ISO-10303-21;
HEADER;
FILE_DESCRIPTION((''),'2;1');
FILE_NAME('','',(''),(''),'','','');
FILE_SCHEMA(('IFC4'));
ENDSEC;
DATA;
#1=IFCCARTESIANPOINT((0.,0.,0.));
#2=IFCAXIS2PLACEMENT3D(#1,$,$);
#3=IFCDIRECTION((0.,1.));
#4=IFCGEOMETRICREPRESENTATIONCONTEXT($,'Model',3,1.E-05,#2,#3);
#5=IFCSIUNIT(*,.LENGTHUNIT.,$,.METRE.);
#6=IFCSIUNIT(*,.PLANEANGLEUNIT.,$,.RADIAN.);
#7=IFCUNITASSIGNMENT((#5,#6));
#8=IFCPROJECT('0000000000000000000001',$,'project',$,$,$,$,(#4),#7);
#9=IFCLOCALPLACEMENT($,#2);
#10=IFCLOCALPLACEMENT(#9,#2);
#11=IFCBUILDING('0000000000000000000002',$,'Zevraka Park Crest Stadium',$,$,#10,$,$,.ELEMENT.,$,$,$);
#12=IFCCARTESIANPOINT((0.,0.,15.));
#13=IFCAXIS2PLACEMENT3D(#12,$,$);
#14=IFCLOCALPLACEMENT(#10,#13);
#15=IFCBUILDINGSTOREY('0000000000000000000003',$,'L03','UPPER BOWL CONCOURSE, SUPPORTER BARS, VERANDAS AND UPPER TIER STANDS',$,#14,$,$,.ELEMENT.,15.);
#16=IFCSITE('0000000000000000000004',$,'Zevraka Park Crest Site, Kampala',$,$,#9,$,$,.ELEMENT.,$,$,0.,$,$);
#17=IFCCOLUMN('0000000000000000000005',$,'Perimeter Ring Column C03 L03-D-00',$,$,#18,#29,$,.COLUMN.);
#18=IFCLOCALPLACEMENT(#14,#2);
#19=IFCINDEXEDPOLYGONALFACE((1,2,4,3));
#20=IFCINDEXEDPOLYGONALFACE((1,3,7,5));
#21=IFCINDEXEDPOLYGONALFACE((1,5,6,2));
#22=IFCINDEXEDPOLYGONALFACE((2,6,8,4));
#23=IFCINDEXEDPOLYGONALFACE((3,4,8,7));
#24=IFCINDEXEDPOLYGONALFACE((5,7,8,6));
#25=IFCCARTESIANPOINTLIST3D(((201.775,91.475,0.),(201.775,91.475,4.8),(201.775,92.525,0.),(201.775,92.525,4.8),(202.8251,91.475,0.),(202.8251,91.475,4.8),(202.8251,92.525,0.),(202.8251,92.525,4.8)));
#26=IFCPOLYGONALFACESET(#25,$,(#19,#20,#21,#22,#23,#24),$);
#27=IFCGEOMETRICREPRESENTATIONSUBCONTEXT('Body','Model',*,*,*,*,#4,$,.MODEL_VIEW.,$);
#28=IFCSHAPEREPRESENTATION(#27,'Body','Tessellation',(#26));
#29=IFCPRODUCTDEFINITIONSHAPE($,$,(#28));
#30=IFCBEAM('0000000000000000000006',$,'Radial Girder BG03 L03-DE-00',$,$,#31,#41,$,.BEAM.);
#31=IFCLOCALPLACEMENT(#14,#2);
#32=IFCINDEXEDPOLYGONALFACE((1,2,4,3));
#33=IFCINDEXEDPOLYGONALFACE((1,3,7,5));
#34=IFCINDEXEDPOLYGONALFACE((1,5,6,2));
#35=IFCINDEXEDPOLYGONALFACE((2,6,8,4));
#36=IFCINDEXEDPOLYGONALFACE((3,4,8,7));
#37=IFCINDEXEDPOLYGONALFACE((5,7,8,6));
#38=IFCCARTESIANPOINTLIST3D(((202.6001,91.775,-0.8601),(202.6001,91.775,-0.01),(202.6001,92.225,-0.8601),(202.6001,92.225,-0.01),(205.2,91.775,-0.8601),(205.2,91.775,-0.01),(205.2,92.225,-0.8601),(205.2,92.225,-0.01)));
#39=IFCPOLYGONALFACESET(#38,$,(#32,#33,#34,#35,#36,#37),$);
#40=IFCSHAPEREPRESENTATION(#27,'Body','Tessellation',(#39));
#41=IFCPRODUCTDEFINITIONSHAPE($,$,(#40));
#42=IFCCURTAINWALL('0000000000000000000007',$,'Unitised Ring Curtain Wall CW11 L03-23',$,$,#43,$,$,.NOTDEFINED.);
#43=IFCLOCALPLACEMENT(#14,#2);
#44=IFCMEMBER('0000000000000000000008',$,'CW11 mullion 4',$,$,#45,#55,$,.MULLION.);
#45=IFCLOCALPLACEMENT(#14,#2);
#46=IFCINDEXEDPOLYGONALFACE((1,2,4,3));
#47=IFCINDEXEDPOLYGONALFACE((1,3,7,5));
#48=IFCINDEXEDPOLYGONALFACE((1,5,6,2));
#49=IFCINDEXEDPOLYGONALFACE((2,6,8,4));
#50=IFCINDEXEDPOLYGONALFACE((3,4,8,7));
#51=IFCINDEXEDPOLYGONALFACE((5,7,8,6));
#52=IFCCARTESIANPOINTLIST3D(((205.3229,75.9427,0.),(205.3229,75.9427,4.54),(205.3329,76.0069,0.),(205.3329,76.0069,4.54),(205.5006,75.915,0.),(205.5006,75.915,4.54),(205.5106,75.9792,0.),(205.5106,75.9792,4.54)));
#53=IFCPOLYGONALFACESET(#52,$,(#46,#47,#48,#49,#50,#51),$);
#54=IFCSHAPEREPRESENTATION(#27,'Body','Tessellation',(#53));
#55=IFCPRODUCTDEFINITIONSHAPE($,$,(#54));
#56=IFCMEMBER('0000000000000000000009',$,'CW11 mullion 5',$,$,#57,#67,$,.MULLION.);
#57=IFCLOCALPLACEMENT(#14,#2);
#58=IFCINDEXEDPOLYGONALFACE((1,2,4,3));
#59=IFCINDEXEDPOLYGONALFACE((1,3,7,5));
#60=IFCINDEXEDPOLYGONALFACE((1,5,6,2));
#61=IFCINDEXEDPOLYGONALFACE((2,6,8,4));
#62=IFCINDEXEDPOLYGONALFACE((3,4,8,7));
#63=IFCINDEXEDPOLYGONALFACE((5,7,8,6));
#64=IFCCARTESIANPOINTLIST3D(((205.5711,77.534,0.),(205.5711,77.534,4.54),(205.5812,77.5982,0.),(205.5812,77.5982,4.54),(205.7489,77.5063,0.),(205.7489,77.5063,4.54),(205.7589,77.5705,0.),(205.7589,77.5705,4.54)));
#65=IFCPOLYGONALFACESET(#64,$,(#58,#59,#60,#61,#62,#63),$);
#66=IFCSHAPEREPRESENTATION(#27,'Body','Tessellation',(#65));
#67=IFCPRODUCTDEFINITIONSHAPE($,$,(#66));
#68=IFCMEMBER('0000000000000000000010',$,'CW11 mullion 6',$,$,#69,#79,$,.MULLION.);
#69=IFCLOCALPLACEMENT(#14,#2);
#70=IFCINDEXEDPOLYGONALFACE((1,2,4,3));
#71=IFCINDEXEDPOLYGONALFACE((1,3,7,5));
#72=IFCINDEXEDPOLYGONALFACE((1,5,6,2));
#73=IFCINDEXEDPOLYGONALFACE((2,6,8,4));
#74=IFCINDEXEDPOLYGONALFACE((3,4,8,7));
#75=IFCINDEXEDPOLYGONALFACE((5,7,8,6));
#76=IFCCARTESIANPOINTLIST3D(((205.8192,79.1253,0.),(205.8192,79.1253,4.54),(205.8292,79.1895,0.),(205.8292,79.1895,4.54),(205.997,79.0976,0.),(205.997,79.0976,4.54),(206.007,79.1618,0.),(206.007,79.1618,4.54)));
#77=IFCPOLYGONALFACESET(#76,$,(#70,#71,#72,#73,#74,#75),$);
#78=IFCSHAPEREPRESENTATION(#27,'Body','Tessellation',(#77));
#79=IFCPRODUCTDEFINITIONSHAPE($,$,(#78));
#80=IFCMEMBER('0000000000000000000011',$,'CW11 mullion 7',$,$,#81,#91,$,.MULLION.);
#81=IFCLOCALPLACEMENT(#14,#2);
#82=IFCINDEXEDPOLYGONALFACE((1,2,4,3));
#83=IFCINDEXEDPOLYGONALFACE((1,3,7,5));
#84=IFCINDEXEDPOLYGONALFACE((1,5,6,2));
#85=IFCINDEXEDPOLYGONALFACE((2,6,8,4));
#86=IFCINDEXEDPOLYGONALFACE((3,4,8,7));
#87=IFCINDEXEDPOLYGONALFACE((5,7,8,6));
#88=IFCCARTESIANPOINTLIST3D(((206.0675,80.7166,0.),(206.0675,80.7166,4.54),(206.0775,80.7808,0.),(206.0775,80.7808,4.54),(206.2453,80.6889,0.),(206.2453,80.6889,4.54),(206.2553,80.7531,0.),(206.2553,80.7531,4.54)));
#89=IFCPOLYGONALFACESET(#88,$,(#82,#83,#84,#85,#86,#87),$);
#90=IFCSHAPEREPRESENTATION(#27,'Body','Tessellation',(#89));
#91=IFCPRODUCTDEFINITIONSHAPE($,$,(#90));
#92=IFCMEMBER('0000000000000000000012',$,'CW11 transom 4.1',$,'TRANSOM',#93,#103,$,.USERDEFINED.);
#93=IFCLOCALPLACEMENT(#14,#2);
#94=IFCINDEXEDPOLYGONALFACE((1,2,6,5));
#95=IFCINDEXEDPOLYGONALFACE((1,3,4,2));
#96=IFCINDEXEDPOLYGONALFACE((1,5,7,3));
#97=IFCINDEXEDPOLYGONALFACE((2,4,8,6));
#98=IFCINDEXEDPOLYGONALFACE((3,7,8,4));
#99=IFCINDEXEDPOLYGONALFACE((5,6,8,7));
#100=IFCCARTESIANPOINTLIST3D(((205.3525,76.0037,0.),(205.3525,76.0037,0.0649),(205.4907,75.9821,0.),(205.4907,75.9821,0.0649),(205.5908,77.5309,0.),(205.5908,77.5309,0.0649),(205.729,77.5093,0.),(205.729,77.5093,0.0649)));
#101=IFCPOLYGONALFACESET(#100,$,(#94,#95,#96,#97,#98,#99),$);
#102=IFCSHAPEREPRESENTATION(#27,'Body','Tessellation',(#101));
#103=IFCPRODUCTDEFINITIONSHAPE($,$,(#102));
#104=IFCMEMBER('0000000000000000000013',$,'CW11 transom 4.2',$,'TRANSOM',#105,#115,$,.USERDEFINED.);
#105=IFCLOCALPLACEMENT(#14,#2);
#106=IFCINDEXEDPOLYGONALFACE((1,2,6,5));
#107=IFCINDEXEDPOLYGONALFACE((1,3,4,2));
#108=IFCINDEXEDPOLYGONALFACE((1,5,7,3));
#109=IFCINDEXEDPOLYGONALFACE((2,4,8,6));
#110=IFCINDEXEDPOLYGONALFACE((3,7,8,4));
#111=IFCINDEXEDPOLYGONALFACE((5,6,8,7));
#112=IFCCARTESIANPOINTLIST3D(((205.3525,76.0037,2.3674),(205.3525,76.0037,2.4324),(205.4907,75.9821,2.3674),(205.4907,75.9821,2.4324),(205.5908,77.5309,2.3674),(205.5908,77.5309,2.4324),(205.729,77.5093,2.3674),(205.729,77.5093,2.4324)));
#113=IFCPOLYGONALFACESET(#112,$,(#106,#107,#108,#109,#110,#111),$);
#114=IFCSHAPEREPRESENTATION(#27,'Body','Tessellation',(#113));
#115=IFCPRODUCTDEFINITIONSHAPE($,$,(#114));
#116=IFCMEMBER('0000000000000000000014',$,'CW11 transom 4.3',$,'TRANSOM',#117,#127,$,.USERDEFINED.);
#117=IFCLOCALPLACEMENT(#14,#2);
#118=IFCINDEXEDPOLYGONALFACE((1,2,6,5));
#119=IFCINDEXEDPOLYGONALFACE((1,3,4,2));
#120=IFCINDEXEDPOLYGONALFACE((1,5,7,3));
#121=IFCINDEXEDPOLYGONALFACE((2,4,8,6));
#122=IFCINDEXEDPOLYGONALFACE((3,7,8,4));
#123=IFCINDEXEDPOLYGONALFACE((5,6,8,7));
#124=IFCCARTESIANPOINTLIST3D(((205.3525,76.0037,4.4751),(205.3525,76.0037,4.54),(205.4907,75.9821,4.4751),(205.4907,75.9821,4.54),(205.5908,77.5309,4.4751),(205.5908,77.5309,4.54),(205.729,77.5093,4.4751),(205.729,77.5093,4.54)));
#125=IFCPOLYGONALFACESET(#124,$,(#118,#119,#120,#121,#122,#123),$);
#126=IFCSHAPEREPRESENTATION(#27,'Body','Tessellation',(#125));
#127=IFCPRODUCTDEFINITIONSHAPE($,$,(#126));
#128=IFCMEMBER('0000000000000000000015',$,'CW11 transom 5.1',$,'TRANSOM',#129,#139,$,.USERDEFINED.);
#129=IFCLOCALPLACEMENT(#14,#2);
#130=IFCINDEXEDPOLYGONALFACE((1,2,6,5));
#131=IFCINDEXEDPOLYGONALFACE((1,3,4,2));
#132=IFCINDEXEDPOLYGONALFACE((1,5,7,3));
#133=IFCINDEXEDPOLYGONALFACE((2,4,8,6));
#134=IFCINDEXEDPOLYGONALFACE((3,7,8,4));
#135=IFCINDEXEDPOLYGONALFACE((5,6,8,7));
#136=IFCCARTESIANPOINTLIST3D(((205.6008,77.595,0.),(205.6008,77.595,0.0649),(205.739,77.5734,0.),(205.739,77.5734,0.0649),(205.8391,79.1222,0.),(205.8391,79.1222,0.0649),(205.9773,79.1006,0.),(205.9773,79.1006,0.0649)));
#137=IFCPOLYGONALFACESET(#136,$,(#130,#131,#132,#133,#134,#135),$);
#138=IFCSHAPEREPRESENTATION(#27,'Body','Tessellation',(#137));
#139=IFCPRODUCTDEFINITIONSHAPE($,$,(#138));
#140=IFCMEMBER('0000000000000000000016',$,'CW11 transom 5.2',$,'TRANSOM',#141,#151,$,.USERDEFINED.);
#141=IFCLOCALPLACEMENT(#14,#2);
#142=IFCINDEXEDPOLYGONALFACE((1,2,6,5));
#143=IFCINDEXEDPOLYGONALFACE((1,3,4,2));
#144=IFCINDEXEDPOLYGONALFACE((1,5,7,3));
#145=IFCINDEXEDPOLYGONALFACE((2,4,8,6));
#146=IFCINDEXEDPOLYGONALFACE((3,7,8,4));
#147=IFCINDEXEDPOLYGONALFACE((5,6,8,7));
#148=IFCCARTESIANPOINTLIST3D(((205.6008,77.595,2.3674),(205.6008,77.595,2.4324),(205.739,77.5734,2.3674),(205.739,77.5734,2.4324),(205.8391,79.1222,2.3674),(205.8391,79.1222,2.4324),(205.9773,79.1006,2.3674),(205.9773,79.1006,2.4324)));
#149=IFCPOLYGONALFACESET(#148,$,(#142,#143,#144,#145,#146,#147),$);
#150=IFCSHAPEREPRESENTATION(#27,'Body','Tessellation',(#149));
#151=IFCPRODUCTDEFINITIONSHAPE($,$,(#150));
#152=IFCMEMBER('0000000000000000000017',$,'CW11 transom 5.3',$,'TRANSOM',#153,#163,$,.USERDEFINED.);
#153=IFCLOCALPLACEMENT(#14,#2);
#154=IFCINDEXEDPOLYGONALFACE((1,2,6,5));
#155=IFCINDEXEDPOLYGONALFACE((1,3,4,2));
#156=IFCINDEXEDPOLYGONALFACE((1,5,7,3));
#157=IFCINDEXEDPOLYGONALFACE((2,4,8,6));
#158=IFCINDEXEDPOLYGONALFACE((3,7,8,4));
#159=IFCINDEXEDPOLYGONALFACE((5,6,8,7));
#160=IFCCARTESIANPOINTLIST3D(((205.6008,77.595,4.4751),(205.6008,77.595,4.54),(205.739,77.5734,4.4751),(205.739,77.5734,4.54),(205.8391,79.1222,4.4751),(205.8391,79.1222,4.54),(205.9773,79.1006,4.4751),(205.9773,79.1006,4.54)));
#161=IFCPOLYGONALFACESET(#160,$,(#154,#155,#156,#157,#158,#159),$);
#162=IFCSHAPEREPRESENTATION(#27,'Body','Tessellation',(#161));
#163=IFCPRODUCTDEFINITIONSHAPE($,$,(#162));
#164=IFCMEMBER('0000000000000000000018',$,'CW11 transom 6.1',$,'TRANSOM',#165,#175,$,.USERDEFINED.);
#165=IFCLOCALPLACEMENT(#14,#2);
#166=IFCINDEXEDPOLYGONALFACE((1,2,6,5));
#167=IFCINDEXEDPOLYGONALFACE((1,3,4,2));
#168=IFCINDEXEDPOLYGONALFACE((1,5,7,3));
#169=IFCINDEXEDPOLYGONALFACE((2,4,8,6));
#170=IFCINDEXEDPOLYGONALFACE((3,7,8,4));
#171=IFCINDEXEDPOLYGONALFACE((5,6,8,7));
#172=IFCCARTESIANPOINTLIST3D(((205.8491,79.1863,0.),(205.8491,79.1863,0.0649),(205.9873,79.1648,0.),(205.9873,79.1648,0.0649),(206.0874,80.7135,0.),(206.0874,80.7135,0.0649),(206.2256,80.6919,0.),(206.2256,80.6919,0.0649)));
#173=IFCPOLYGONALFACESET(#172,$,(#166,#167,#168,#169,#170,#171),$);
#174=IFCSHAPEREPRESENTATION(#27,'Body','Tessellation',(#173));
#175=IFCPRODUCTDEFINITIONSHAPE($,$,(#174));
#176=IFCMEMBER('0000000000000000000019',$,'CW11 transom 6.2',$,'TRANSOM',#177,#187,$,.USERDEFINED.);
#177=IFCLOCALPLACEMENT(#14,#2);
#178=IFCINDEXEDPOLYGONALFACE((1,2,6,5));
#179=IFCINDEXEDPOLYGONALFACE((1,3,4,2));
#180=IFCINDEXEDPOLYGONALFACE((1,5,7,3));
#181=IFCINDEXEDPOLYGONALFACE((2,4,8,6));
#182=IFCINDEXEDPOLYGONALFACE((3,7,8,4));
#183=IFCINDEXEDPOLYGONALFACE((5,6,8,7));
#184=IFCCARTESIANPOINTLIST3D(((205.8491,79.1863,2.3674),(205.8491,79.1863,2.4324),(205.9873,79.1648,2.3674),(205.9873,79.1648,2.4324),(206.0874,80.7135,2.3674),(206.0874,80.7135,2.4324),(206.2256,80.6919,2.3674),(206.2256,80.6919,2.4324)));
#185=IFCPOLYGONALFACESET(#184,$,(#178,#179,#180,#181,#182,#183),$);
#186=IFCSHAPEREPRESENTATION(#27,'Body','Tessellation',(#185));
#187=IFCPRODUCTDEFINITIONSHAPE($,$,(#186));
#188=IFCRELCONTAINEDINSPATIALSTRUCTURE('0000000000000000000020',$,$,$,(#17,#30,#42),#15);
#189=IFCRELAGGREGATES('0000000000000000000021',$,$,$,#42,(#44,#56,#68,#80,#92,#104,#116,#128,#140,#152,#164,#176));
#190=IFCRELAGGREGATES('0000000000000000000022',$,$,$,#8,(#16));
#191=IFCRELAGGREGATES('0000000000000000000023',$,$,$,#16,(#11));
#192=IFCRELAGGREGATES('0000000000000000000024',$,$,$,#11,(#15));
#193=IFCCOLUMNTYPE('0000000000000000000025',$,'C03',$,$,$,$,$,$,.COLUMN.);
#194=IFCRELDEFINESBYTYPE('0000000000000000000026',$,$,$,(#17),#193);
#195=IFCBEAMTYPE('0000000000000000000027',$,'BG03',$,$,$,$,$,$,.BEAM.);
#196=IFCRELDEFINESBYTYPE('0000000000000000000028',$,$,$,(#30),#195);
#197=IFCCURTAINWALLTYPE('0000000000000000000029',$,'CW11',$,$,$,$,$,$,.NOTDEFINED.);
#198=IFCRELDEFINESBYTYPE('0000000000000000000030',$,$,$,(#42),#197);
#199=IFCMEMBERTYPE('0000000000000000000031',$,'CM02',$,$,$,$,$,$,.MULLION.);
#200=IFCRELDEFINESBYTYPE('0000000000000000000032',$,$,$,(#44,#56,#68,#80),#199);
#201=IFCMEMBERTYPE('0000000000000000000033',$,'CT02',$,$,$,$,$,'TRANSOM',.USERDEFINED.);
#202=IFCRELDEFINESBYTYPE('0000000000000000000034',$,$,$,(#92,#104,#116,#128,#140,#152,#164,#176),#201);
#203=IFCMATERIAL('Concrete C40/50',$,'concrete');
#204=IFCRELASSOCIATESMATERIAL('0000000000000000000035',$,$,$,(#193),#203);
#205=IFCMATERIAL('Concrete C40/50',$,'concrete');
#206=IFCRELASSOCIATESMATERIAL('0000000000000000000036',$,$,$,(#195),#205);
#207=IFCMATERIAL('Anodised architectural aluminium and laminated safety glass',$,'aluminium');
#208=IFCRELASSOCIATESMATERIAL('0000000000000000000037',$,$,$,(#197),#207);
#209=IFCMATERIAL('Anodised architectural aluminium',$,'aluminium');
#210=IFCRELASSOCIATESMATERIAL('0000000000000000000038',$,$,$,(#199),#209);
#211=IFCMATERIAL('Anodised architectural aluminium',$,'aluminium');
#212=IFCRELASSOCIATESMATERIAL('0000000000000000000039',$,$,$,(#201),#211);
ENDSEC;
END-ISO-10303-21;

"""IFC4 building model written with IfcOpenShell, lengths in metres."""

from ifc_helpers import new_model, si_unit, direction, frame, origin, origin_2d, place, context, subcontext, project, spatial, rectangle, extrude, material, material_profile, profile_set, type_object, element, aggregate, save


model = new_model("IFC4")

# Units and contexts
model_context = context("Model", 3, precision=1e-05, world=origin(), true_north=direction((0.0, 1.0)))
body_context = subcontext(model_context, "Body", "Model", "MODEL_VIEW")
ifc_project = project(units=[si_unit("LENGTHUNIT", "METRE"), si_unit("PLANEANGLEUNIT", "RADIAN")], contexts=[model_context])

# Site, building, storey
site_placement = place(None, origin())
site = spatial("IfcSite", under=ifc_project, at=site_placement, Name="Zevraka Park Crest Site, Kampala", CompositionType="ELEMENT", RefElevation=0.0)
building_placement = place(site_placement, origin())
building = spatial("IfcBuilding", under=site, at=building_placement, Name="Zevraka Park Crest Stadium", CompositionType="ELEMENT")
storey_placement = place(building_placement, frame((0.0, 0.0, 15.0)))
storey = spatial("IfcBuildingStorey", under=building, at=storey_placement, Name="L03", Description="UPPER BOWL CONCOURSE, SUPPORTER BARS, VERANDAS AND UPPER TIER STANDS", CompositionType="ELEMENT", Elevation=15.0)

# Column
ifc_material_1 = material(Name="Concrete C40/50", Category="concrete")
ifc_material_profile_1 = material_profile(ifc_material_1, rectangle(XDim=1.05, YDim=1.05, at=origin_2d()), Name="RC 1050x1050")
ifc_profile_set_1 = profile_set([ifc_material_profile_1], Name="Concrete C40/50")
column_type = type_object("IfcColumnType", Name="C03", PredefinedType="COLUMN", material=ifc_profile_set_1)
column_placement = place(storey_placement, frame((202.3, 92.0, 0.0), z_axis=(0.0, 0.0, 1.0), x_axis=(1.0, 0.0, 0.0)))
element("IfcColumn", 1, at=column_placement, inside=storey, type_object=column_type, Name="Perimeter Ring Column C03 L03-D-00", PredefinedType="COLUMN", context=body_context, shape_type="SweptSolid", body=[
    extrude(rectangle(XDim=1.05, YDim=1.05, at=origin_2d()), origin(), (0.0, 0.0, 1.0), 4.8),
])

# Beam
ifc_material_2 = material(Name="Concrete C40/50", Category="concrete")
ifc_material_profile_2 = material_profile(ifc_material_2, rectangle(XDim=0.45, YDim=0.8501, at=origin_2d()), Name="RC 850x450")
ifc_profile_set_2 = profile_set([ifc_material_profile_2], Name="Concrete C40/50")
beam_type_1 = type_object("IfcBeamType", Name="BG03", PredefinedType="BEAM", material=ifc_profile_set_2)
beam_1_placement = place(storey_placement, frame((202.6001, 92.0, -0.4351), z_axis=(1.0, 0.0, 0.0), x_axis=(0.0, 1.0, 0.0)))
element("IfcBeam", 2, at=beam_1_placement, inside=storey, type_object=beam_type_1, Name="Radial Girder BG03 L03-DE-00", PredefinedType="BEAM", context=body_context, shape_type="SweptSolid", body=[
    extrude(rectangle(XDim=0.45, YDim=0.8501, at=origin_2d()), origin(), (0.0, 0.0, 1.0), 2.5999),
])

# Curtain wall, members
ifc_material_3 = material(Name="Anodised architectural aluminium and laminated safety glass", Category="aluminium")
curtain_wall_type = type_object("IfcCurtainWallType", Name="CW11", PredefinedType="NOTDEFINED", material=ifc_material_3)
curtain_wall_placement = place(storey_placement, origin())
curtain_wall = element("IfcCurtainWall", 3, at=curtain_wall_placement, inside=storey, type_object=curtain_wall_type, Name="Unitised Ring Curtain Wall CW11 L03-23", PredefinedType="NOTDEFINED")
ifc_material_4 = material(Name="Anodised architectural aluminium", Category="aluminium")
ifc_material_profile_3 = material_profile(ifc_material_4, rectangle(XDim=0.1799, YDim=0.0649, at=origin_2d()), Name="ALU MULLION 180x65")
ifc_profile_set_3 = profile_set([ifc_material_profile_3], Name="Anodised architectural aluminium")
member_type_1 = type_object("IfcMemberType", Name="CM02", PredefinedType="MULLION", material=ifc_profile_set_3)
member_1_placement = place(storey_placement, frame((205.4167, 75.9609, 0.0), z_axis=(0.0, 0.0, 1.0), x_axis=(-0.988051, 0.154128, 0.0)))
member_1 = element("IfcMember", 4, at=member_1_placement, type_object=member_type_1, Name="CW11 mullion 4", PredefinedType="MULLION", context=body_context, shape_type="SweptSolid", body=[
    extrude(rectangle(XDim=0.1799, YDim=0.0649, at=origin_2d()), origin(), (0.0, 0.0, 1.0), 4.54),
])
member_2_placement = place(storey_placement, frame((205.665, 77.5522, 0.0), z_axis=(0.0, 0.0, 1.0), x_axis=(-0.988051, 0.154128, 0.0)))
member_2 = element("IfcMember", 5, at=member_2_placement, type_object=member_type_1, Name="CW11 mullion 5", PredefinedType="MULLION", context=body_context, shape_type="SweptSolid", body=[
    extrude(rectangle(XDim=0.1799, YDim=0.0649, at=origin_2d()), origin(), (0.0, 0.0, 1.0), 4.54),
])
member_3_placement = place(storey_placement, frame((205.9131, 79.1436, 0.0), z_axis=(0.0, 0.0, 1.0), x_axis=(-0.988051, 0.154128, 0.0)))
member_3 = element("IfcMember", 6, at=member_3_placement, type_object=member_type_1, Name="CW11 mullion 6", PredefinedType="MULLION", context=body_context, shape_type="SweptSolid", body=[
    extrude(rectangle(XDim=0.1799, YDim=0.0649, at=origin_2d()), origin(), (0.0, 0.0, 1.0), 4.54),
])
member_4_placement = place(storey_placement, frame((206.1614, 80.7349, 0.0), z_axis=(0.0, 0.0, 1.0), x_axis=(-0.988051, 0.154128, 0.0)))
member_4 = element("IfcMember", 7, at=member_4_placement, type_object=member_type_1, Name="CW11 mullion 7", PredefinedType="MULLION", context=body_context, shape_type="SweptSolid", body=[
    extrude(rectangle(XDim=0.1799, YDim=0.0649, at=origin_2d()), origin(), (0.0, 0.0, 1.0), 4.54),
])
ifc_material_5 = material(Name="Anodised architectural aluminium", Category="aluminium")
ifc_material_profile_4 = material_profile(ifc_material_5, rectangle(XDim=0.1399, YDim=0.0649, at=origin_2d()), Name="ALU TRANSOM 140x65")
ifc_profile_set_4 = profile_set([ifc_material_profile_4], Name="Anodised architectural aluminium")
member_type_2 = type_object("IfcMemberType", Name="CT02", ElementType="TRANSOM", PredefinedType="USERDEFINED", material=ifc_profile_set_4)
member_5_placement = place(storey_placement, frame((205.4216, 75.9929, 0.0325), z_axis=(0.15417, 0.988044, 0.0), x_axis=(-0.988044, 0.15417, 0.0)))
member_5 = element("IfcMember", 8, at=member_5_placement, type_object=member_type_2, Name="CW11 transom 4.1", ObjectType="TRANSOM", PredefinedType="USERDEFINED", context=body_context, shape_type="SweptSolid", body=[
    extrude(rectangle(XDim=0.1399, YDim=0.0649, at=origin_2d()), origin(), (0.0, 0.0, 1.0), 1.5457),
])
member_6_placement = place(storey_placement, frame((205.4216, 75.9929, 2.3999), z_axis=(0.15417, 0.988044, 0.0), x_axis=(-0.988044, 0.15417, 0.0)))
member_6 = element("IfcMember", 9, at=member_6_placement, type_object=member_type_2, Name="CW11 transom 4.2", ObjectType="TRANSOM", PredefinedType="USERDEFINED", context=body_context, shape_type="SweptSolid", body=[
    extrude(rectangle(XDim=0.1399, YDim=0.0649, at=origin_2d()), origin(), (0.0, 0.0, 1.0), 1.5457),
])
member_7_placement = place(storey_placement, frame((205.4216, 75.9929, 4.5076), z_axis=(0.15417, 0.988044, 0.0), x_axis=(-0.988044, 0.15417, 0.0)))
member_7 = element("IfcMember", 10, at=member_7_placement, type_object=member_type_2, Name="CW11 transom 4.3", ObjectType="TRANSOM", PredefinedType="USERDEFINED", context=body_context, shape_type="SweptSolid", body=[
    extrude(rectangle(XDim=0.1399, YDim=0.0649, at=origin_2d()), origin(), (0.0, 0.0, 1.0), 1.5457),
])
member_8_placement = place(storey_placement, frame((205.6699, 77.5842, 0.0325), z_axis=(0.15417, 0.988044, 0.0), x_axis=(-0.988044, 0.15417, 0.0)))
member_8 = element("IfcMember", 11, at=member_8_placement, type_object=member_type_2, Name="CW11 transom 5.1", ObjectType="TRANSOM", PredefinedType="USERDEFINED", context=body_context, shape_type="SweptSolid", body=[
    extrude(rectangle(XDim=0.1399, YDim=0.0649, at=origin_2d()), origin(), (0.0, 0.0, 1.0), 1.5457),
])
member_9_placement = place(storey_placement, frame((205.6699, 77.5842, 2.3999), z_axis=(0.15417, 0.988044, 0.0), x_axis=(-0.988044, 0.15417, 0.0)))
member_9 = element("IfcMember", 12, at=member_9_placement, type_object=member_type_2, Name="CW11 transom 5.2", ObjectType="TRANSOM", PredefinedType="USERDEFINED", context=body_context, shape_type="SweptSolid", body=[
    extrude(rectangle(XDim=0.1399, YDim=0.0649, at=origin_2d()), origin(), (0.0, 0.0, 1.0), 1.5457),
])
member_10_placement = place(storey_placement, frame((205.6699, 77.5842, 4.5076), z_axis=(0.15417, 0.988044, 0.0), x_axis=(-0.988044, 0.15417, 0.0)))
member_10 = element("IfcMember", 13, at=member_10_placement, type_object=member_type_2, Name="CW11 transom 5.3", ObjectType="TRANSOM", PredefinedType="USERDEFINED", context=body_context, shape_type="SweptSolid", body=[
    extrude(rectangle(XDim=0.1399, YDim=0.0649, at=origin_2d()), origin(), (0.0, 0.0, 1.0), 1.5457),
])
member_11_placement = place(storey_placement, frame((205.9182, 79.1755, 0.0325), z_axis=(0.15417, 0.988044, 0.0), x_axis=(-0.988044, 0.15417, 0.0)))
member_11 = element("IfcMember", 14, at=member_11_placement, type_object=member_type_2, Name="CW11 transom 6.1", ObjectType="TRANSOM", PredefinedType="USERDEFINED", context=body_context, shape_type="SweptSolid", body=[
    extrude(rectangle(XDim=0.1399, YDim=0.0649, at=origin_2d()), origin(), (0.0, 0.0, 1.0), 1.5457),
])
member_12_placement = place(storey_placement, frame((205.9182, 79.1755, 2.3999), z_axis=(0.15417, 0.988044, 0.0), x_axis=(-0.988044, 0.15417, 0.0)))
member_12 = element("IfcMember", 15, at=member_12_placement, type_object=member_type_2, Name="CW11 transom 6.2", ObjectType="TRANSOM", PredefinedType="USERDEFINED", context=body_context, shape_type="SweptSolid", body=[
    extrude(rectangle(XDim=0.1399, YDim=0.0649, at=origin_2d()), origin(), (0.0, 0.0, 1.0), 1.5457),
])

aggregate(curtain_wall, [member_1, member_2, member_3, member_4, member_5, member_6, member_7, member_8, member_9, member_10, member_11, member_12])

save(model, "model.ifc")
